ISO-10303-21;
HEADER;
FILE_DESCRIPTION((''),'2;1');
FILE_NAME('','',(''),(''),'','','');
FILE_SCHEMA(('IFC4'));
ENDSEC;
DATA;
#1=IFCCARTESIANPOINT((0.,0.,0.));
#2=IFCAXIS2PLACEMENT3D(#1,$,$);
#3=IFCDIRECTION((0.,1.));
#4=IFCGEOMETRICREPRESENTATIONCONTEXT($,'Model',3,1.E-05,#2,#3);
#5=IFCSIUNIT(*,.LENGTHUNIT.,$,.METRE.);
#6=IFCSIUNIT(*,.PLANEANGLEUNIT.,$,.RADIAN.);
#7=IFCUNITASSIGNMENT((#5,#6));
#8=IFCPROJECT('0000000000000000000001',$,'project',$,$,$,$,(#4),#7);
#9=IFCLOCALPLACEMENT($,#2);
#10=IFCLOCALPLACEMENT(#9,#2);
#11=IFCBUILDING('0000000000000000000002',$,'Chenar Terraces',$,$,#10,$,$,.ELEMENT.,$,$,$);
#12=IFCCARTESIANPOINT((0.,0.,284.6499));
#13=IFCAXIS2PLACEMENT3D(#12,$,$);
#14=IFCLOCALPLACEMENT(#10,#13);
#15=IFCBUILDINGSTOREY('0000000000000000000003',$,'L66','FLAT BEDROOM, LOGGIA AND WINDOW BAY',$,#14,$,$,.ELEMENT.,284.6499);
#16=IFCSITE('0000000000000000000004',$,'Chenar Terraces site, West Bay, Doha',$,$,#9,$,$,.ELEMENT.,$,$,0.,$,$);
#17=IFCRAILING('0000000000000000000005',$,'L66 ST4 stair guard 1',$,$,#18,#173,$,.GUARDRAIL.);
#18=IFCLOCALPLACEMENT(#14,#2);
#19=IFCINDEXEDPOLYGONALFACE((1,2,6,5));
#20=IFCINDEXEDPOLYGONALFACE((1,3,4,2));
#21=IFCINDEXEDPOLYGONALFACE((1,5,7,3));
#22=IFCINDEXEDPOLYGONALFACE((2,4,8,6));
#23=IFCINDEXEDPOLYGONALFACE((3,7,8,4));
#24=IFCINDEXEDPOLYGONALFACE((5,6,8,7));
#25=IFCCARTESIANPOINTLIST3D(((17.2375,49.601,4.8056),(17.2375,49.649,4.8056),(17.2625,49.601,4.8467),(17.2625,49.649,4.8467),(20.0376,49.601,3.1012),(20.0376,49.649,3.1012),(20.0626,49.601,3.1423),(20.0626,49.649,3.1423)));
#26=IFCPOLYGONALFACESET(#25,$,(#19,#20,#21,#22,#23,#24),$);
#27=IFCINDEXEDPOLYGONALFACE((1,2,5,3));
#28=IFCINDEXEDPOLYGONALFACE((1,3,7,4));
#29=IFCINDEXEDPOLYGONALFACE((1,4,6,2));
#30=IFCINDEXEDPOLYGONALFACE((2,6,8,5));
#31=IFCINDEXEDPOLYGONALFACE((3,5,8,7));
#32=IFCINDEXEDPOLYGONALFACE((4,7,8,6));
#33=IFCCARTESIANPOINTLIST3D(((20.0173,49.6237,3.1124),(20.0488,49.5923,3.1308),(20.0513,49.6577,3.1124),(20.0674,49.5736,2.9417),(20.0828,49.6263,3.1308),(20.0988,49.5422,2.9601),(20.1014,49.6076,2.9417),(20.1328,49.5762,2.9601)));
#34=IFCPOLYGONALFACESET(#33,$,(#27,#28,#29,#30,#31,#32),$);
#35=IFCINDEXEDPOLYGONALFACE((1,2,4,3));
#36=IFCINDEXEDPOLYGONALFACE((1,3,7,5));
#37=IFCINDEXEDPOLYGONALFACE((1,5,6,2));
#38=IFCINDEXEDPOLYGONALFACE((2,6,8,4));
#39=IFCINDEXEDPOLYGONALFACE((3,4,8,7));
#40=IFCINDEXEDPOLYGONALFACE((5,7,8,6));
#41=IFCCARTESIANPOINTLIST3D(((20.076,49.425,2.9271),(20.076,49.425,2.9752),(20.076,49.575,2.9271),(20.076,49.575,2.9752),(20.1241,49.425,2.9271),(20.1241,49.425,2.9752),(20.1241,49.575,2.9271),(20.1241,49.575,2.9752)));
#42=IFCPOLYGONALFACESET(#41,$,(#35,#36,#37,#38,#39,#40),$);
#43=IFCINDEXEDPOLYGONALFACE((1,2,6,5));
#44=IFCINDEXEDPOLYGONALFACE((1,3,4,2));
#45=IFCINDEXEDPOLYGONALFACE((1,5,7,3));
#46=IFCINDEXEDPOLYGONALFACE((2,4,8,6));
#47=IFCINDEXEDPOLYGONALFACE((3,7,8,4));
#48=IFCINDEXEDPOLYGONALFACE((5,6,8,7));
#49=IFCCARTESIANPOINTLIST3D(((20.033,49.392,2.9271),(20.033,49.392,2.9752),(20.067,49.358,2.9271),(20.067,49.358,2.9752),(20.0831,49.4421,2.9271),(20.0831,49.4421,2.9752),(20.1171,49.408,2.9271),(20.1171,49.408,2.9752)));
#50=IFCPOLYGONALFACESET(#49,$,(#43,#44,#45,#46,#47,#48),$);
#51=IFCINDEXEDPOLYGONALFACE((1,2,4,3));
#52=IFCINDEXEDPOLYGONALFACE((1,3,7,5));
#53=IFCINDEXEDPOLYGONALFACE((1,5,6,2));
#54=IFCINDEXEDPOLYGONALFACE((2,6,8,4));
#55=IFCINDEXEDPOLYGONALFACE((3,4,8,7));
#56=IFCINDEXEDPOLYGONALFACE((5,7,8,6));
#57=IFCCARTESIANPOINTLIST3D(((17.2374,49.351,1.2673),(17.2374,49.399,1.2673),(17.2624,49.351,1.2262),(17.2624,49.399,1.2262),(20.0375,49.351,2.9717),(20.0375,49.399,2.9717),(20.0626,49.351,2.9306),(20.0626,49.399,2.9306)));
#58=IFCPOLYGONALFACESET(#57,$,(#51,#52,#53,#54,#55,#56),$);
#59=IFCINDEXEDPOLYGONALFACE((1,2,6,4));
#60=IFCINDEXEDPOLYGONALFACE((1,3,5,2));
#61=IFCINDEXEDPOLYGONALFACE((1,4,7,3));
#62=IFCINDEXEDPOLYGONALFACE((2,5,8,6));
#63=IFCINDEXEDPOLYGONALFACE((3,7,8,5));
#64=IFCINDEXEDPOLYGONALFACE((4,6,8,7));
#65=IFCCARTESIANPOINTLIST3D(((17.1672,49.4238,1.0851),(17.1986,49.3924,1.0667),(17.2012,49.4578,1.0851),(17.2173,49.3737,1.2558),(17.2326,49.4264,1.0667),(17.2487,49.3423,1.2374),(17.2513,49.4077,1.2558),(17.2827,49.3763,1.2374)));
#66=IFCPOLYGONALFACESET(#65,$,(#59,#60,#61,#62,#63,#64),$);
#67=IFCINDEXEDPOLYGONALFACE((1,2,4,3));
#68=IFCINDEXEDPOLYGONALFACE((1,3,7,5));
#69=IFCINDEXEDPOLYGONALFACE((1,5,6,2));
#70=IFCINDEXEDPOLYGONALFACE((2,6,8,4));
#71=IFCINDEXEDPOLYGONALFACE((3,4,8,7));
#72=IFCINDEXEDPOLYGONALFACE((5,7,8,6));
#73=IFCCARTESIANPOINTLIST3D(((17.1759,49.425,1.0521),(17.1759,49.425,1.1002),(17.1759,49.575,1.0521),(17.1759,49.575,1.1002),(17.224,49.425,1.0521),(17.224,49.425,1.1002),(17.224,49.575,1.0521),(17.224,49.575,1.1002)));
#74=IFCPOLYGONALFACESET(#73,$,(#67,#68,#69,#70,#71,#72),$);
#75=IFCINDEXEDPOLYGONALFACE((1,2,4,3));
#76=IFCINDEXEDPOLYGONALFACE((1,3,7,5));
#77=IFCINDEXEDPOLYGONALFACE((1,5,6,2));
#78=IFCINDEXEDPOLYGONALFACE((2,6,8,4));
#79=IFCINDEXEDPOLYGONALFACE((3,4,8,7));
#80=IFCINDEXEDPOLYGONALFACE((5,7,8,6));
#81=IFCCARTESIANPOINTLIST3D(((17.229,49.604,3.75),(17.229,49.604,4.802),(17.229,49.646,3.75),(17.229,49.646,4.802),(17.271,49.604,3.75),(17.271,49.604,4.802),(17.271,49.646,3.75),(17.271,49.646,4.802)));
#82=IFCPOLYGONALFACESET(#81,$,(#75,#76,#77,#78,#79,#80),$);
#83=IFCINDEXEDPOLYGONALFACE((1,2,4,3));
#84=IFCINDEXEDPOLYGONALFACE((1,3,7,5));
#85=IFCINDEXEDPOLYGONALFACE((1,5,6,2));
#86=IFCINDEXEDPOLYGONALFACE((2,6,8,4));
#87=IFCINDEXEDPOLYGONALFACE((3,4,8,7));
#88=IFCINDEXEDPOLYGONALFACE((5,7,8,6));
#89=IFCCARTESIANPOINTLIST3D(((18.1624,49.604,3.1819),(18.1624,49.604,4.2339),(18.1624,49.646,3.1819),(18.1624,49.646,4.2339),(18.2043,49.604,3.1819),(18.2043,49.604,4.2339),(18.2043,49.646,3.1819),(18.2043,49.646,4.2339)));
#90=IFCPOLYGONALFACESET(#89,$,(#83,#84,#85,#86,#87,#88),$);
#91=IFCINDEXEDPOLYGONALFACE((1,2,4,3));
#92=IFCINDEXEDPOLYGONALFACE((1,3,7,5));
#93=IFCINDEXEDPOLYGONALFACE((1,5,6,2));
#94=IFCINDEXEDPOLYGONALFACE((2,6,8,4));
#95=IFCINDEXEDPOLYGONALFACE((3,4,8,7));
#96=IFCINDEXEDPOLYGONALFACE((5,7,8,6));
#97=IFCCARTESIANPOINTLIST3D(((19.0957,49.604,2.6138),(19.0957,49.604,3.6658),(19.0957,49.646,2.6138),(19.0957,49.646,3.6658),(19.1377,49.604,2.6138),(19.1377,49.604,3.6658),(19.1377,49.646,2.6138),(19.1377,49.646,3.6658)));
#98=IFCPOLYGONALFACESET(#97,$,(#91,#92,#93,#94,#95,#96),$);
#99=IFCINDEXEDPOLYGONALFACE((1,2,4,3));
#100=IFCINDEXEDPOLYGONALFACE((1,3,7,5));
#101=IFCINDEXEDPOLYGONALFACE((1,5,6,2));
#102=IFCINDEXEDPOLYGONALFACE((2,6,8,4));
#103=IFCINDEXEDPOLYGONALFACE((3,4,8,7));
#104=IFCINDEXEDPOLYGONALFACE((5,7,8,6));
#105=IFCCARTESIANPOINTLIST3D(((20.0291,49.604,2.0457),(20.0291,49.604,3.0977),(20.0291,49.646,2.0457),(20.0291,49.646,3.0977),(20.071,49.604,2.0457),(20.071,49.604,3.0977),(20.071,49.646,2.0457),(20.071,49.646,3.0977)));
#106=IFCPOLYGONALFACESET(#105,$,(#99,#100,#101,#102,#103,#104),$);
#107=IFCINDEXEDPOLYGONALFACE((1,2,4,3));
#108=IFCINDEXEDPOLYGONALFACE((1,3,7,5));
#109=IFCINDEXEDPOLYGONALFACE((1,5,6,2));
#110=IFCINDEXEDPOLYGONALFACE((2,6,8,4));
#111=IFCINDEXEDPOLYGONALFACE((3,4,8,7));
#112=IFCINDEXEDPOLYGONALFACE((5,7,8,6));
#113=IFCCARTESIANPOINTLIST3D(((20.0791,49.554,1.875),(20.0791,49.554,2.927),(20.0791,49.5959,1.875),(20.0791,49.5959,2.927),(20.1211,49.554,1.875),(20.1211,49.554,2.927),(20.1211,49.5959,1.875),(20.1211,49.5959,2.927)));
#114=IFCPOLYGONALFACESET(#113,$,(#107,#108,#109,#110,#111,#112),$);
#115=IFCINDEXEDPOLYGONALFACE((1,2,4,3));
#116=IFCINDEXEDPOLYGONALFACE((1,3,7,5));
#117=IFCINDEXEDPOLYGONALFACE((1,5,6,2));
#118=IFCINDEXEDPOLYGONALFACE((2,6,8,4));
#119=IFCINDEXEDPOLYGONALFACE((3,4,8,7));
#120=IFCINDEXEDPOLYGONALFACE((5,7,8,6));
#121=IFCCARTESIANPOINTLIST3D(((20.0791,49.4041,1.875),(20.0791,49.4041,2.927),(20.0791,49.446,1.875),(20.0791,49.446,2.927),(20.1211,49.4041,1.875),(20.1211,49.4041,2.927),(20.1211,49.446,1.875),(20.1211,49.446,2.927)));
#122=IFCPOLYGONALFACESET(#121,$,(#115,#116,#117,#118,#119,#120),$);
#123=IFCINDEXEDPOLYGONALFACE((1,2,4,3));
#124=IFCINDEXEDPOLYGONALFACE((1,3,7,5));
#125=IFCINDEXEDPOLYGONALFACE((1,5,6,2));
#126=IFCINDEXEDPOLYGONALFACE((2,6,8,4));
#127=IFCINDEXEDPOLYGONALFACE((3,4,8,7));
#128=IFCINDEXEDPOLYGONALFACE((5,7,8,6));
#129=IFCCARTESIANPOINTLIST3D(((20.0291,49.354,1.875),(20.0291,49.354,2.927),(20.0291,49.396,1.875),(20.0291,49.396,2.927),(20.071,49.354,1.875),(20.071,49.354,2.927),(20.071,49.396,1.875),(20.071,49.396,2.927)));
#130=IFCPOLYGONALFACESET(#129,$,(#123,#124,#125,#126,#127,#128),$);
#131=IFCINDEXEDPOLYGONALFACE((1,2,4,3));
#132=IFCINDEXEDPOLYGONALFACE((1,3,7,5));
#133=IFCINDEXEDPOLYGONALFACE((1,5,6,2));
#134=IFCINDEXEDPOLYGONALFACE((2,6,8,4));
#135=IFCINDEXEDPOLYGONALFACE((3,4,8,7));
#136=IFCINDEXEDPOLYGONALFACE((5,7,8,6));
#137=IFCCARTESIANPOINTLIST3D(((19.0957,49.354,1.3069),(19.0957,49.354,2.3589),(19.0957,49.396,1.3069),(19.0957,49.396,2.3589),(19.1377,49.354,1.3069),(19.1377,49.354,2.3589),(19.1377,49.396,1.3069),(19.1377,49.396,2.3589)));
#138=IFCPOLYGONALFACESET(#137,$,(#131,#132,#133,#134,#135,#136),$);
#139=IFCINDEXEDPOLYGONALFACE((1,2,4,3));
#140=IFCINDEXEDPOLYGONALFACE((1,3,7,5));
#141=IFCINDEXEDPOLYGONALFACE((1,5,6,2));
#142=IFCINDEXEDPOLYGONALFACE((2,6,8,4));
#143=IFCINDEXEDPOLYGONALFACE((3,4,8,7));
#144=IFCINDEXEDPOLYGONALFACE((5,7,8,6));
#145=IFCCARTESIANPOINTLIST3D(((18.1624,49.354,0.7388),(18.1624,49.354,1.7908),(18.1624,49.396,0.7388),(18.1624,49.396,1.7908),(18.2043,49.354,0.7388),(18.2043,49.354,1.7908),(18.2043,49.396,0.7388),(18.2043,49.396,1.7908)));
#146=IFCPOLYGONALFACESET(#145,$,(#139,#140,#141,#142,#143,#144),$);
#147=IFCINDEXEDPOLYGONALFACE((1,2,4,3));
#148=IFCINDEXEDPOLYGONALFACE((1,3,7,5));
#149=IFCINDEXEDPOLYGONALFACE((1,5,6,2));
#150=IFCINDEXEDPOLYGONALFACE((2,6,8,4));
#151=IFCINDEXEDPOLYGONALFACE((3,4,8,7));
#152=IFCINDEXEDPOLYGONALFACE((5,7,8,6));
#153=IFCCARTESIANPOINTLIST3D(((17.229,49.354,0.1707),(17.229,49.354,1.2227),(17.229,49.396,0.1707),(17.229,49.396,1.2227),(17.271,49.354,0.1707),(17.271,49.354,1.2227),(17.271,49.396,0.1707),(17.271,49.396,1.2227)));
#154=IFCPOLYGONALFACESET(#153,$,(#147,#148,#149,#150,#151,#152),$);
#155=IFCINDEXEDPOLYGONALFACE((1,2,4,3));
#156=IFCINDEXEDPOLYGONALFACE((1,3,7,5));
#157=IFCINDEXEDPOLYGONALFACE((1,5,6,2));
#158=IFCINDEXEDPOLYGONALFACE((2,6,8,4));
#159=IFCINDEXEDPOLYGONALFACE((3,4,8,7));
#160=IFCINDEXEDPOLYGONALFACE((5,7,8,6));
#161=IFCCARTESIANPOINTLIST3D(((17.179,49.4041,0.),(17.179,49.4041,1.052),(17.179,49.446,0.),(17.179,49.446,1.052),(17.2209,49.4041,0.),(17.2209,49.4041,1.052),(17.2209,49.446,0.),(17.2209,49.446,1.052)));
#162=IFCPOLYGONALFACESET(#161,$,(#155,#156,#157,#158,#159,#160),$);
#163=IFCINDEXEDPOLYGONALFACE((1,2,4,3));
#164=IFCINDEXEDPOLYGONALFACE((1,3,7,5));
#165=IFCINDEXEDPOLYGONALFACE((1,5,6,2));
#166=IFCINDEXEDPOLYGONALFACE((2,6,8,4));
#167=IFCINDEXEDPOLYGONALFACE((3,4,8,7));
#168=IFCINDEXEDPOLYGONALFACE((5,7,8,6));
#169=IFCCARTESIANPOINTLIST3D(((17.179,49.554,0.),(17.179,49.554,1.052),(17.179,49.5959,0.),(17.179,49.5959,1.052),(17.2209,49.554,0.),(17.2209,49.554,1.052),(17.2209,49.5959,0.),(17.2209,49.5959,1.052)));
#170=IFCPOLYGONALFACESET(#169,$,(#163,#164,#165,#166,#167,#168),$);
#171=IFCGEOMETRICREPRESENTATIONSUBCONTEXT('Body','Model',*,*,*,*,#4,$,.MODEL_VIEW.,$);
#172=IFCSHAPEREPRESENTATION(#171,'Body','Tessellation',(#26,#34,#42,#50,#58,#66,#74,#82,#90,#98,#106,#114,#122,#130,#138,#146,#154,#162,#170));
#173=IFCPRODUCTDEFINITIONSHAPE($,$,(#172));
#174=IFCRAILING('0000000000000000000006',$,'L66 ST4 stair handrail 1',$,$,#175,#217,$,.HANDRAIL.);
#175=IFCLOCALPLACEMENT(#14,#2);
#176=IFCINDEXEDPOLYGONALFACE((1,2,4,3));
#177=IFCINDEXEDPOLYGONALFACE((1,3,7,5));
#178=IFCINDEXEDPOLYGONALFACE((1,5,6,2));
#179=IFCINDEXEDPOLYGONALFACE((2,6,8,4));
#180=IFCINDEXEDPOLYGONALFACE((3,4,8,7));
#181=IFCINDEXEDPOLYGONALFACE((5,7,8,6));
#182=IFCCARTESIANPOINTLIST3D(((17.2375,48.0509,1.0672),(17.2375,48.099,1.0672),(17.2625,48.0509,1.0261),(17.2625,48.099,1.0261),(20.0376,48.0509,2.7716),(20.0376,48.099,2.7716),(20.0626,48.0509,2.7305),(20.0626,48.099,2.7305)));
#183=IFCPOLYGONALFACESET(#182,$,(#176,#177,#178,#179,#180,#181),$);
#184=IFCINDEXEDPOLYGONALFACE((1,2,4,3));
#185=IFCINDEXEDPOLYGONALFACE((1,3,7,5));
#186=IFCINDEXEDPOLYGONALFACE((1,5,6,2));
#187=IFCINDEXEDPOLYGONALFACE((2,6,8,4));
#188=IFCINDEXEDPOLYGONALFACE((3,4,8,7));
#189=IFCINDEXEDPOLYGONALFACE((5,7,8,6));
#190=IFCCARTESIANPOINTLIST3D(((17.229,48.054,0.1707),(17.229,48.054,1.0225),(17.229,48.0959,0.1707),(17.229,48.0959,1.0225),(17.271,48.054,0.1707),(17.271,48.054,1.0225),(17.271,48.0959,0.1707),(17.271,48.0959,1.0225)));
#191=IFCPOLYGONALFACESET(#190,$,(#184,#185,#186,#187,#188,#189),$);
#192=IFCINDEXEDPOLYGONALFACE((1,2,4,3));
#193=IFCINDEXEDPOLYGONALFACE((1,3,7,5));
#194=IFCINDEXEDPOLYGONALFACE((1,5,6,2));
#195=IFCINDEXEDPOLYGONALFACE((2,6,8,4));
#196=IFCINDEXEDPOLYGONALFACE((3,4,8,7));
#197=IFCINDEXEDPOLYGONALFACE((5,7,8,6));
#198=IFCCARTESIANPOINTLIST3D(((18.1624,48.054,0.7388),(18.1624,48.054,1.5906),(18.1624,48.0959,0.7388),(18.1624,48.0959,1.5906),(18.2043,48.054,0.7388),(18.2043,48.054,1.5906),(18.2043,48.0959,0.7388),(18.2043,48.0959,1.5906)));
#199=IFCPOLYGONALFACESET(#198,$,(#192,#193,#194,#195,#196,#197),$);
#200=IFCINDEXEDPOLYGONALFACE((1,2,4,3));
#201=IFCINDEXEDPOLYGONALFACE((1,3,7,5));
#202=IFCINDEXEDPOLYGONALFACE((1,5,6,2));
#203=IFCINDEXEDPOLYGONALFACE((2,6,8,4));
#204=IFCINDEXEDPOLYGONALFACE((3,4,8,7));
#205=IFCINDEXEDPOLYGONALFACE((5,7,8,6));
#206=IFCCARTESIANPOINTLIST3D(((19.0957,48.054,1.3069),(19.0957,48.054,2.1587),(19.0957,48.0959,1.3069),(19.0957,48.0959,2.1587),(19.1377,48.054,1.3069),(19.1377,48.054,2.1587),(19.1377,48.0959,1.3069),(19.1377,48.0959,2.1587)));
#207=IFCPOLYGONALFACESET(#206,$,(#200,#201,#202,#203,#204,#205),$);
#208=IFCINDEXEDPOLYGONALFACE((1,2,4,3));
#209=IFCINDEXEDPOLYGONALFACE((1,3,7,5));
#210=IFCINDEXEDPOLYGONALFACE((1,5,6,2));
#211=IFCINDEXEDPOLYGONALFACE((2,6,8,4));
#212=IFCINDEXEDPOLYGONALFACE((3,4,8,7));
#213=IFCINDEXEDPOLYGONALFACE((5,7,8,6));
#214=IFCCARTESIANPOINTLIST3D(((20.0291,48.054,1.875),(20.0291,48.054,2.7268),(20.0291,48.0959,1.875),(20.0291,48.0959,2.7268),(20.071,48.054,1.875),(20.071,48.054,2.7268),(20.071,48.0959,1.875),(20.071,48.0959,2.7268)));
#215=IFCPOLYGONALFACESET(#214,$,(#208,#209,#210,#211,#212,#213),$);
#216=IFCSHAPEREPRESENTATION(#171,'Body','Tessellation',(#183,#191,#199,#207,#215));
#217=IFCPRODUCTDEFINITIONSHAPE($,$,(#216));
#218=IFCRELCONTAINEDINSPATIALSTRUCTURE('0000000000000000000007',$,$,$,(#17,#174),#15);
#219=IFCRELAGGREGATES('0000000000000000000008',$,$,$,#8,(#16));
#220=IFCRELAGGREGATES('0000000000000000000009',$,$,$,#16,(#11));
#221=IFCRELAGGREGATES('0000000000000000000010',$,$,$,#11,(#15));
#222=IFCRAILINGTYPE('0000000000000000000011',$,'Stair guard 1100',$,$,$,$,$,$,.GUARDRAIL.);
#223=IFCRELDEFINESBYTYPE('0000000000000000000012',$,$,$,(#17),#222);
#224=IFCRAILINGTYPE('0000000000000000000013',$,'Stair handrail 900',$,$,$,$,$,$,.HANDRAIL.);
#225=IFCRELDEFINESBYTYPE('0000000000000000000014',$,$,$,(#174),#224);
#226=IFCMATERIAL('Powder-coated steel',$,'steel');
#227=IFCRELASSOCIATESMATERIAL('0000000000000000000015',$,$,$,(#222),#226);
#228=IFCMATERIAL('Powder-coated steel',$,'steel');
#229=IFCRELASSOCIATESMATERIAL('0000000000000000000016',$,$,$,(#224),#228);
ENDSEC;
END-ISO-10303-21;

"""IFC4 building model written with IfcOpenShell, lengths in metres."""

from ifc_helpers import new_model, si_unit, direction, frame, origin, origin_2d, place, context, subcontext, project, spatial, rectangle, extrude, material, type_object, element, save


model = new_model("IFC4")

# Units and contexts
model_context = context("Model", 3, precision=1e-05, world=origin(), true_north=direction((0.0, 1.0)))
body_context = subcontext(model_context, "Body", "Model", "MODEL_VIEW")
ifc_project = project(units=[si_unit("LENGTHUNIT", "METRE"), si_unit("PLANEANGLEUNIT", "RADIAN")], contexts=[model_context])

# Site, building, storey
site_placement = place(None, origin())
site = spatial("IfcSite", under=ifc_project, at=site_placement, Name="Chenar Terraces site, West Bay, Doha", CompositionType="ELEMENT", RefElevation=0.0)
building_placement = place(site_placement, origin())
building = spatial("IfcBuilding", under=site, at=building_placement, Name="Chenar Terraces", CompositionType="ELEMENT")
storey_placement = place(building_placement, frame((0.0, 0.0, 284.6499)))
storey = spatial("IfcBuildingStorey", under=building, at=storey_placement, Name="L66", Description="FLAT BEDROOM, LOGGIA AND WINDOW BAY", CompositionType="ELEMENT", Elevation=284.6499)

# Railings
ifc_material_1 = material(Name="Powder-coated steel", Category="steel")
railing_type_1 = type_object("IfcRailingType", Name="Stair guard 1100", PredefinedType="GUARDRAIL", material=ifc_material_1)
railing_1_placement = place(storey_placement, frame((17.25, 49.625, 3.75)))
element("IfcRailing", 1, at=railing_1_placement, inside=storey, type_object=railing_type_1, Name="L66 ST4 stair guard 1", PredefinedType="GUARDRAIL", context=body_context, shape_type="SweptSolid", body=[
    extrude(rectangle(XDim=0.0481, YDim=0.0481, at=origin_2d()), frame((0.0, 0.0, 1.0762), z_axis=(0.854203, 0.0, -0.51994), x_axis=(0.0, 1.0, 0.0)), (0.0, 0.0, 1.0), 3.2781),
    extrude(rectangle(XDim=0.0481, YDim=0.0481, at=origin_2d()), frame((2.8, 0.0, -0.6284), z_axis=(0.2709, -0.2709, -0.923703), x_axis=(0.707107, 0.707107, 0.0)), (0.0, 0.0, 1.0), 0.1848),
    extrude(rectangle(XDim=0.0481, YDim=0.0481, at=origin_2d()), frame((2.8501, -0.05, -0.7988), z_axis=(0.0, -1.0, 0.0), x_axis=(1.0, 0.0, 0.0)), (0.0, 0.0, 1.0), 0.1499),
    extrude(rectangle(XDim=0.0481, YDim=0.0481, at=origin_2d()), frame((2.8501, -0.2, -0.7988), z_axis=(-0.707107, -0.707107, 0.0), x_axis=(0.707107, -0.707107, 0.0)), (0.0, 0.0, 1.0), 0.0708),
    extrude(rectangle(XDim=0.0481, YDim=0.0481, at=origin_2d()), frame((2.8, -0.25, -0.7988), z_axis=(-0.854203, 0.0, -0.51994), x_axis=(0.0, -1.0, 0.0)), (0.0, 0.0, 1.0), 3.2781),
    extrude(rectangle(XDim=0.0481, YDim=0.0481, at=origin_2d()), frame((0.0, -0.25, -2.5034), z_axis=(-0.2709, 0.2709, -0.923703), x_axis=(-0.707107, -0.707107, 0.0)), (0.0, 0.0, 1.0), 0.1848),
    extrude(rectangle(XDim=0.0481, YDim=0.0481, at=origin_2d()), frame((-0.05, -0.2, -2.6738), z_axis=(0.0, 1.0, 0.0), x_axis=(-1.0, 0.0, 0.0)), (0.0, 0.0, 1.0), 0.1499),
    extrude(rectangle(XDim=0.042, YDim=0.042, at=origin_2d()), origin(), (0.0, 0.0, 1.0), 1.052),
    extrude(rectangle(XDim=0.042, YDim=0.042, at=origin_2d()), frame((0.9333, 0.0, -0.5681)), (0.0, 0.0, 1.0), 1.052),
    extrude(rectangle(XDim=0.042, YDim=0.042, at=origin_2d()), frame((1.8667, 0.0, -1.1362)), (0.0, 0.0, 1.0), 1.052),
    extrude(rectangle(XDim=0.042, YDim=0.042, at=origin_2d()), frame((2.8, 0.0, -1.7043)), (0.0, 0.0, 1.0), 1.052),
    extrude(rectangle(XDim=0.042, YDim=0.042, at=origin_2d()), frame((2.8501, -0.05, -1.875)), (0.0, 0.0, 1.0), 1.052),
    extrude(rectangle(XDim=0.042, YDim=0.042, at=origin_2d()), frame((2.8501, -0.2, -1.875)), (0.0, 0.0, 1.0), 1.052),
    extrude(rectangle(XDim=0.042, YDim=0.042, at=origin_2d()), frame((2.8, -0.25, -1.875)), (0.0, 0.0, 1.0), 1.052),
    extrude(rectangle(XDim=0.042, YDim=0.042, at=origin_2d()), frame((1.8667, -0.25, -2.4431)), (0.0, 0.0, 1.0), 1.052),
    extrude(rectangle(XDim=0.042, YDim=0.042, at=origin_2d()), frame((0.9333, -0.25, -3.0112)), (0.0, 0.0, 1.0), 1.052),
    extrude(rectangle(XDim=0.042, YDim=0.042, at=origin_2d()), frame((0.0, -0.25, -3.5793)), (0.0, 0.0, 1.0), 1.052),
    extrude(rectangle(XDim=0.042, YDim=0.042, at=origin_2d()), frame((-0.05, -0.2, -3.75)), (0.0, 0.0, 1.0), 1.052),
    extrude(rectangle(XDim=0.042, YDim=0.042, at=origin_2d()), frame((-0.05, -0.05, -3.75)), (0.0, 0.0, 1.0), 1.052),
])
ifc_material_2 = material(Name="Powder-coated steel", Category="steel")
railing_type_2 = type_object("IfcRailingType", Name="Stair handrail 900", PredefinedType="HANDRAIL", material=ifc_material_2)
railing_2_placement = place(storey_placement, frame((17.25, 48.075, 0.1707)))
element("IfcRailing", 2, at=railing_2_placement, inside=storey, type_object=railing_type_2, Name="L66 ST4 stair handrail 1", PredefinedType="HANDRAIL", context=body_context, shape_type="SweptSolid", body=[
    extrude(rectangle(XDim=0.0481, YDim=0.0481, at=origin_2d()), frame((0.0, 0.0, 0.876), z_axis=(0.854203, 0.0, 0.51994), x_axis=(0.0, 1.0, 0.0)), (0.0, 0.0, 1.0), 3.2781),
    extrude(rectangle(XDim=0.042, YDim=0.042, at=origin_2d()), origin(), (0.0, 0.0, 1.0), 0.8518),
    extrude(rectangle(XDim=0.042, YDim=0.042, at=origin_2d()), frame((0.9333, 0.0, 0.5681)), (0.0, 0.0, 1.0), 0.8518),
    extrude(rectangle(XDim=0.042, YDim=0.042, at=origin_2d()), frame((1.8667, 0.0, 1.1362)), (0.0, 0.0, 1.0), 0.8518),
    extrude(rectangle(XDim=0.042, YDim=0.042, at=origin_2d()), frame((2.8, 0.0, 1.7043)), (0.0, 0.0, 1.0), 0.8518),
])

save(model, "model.ifc")
